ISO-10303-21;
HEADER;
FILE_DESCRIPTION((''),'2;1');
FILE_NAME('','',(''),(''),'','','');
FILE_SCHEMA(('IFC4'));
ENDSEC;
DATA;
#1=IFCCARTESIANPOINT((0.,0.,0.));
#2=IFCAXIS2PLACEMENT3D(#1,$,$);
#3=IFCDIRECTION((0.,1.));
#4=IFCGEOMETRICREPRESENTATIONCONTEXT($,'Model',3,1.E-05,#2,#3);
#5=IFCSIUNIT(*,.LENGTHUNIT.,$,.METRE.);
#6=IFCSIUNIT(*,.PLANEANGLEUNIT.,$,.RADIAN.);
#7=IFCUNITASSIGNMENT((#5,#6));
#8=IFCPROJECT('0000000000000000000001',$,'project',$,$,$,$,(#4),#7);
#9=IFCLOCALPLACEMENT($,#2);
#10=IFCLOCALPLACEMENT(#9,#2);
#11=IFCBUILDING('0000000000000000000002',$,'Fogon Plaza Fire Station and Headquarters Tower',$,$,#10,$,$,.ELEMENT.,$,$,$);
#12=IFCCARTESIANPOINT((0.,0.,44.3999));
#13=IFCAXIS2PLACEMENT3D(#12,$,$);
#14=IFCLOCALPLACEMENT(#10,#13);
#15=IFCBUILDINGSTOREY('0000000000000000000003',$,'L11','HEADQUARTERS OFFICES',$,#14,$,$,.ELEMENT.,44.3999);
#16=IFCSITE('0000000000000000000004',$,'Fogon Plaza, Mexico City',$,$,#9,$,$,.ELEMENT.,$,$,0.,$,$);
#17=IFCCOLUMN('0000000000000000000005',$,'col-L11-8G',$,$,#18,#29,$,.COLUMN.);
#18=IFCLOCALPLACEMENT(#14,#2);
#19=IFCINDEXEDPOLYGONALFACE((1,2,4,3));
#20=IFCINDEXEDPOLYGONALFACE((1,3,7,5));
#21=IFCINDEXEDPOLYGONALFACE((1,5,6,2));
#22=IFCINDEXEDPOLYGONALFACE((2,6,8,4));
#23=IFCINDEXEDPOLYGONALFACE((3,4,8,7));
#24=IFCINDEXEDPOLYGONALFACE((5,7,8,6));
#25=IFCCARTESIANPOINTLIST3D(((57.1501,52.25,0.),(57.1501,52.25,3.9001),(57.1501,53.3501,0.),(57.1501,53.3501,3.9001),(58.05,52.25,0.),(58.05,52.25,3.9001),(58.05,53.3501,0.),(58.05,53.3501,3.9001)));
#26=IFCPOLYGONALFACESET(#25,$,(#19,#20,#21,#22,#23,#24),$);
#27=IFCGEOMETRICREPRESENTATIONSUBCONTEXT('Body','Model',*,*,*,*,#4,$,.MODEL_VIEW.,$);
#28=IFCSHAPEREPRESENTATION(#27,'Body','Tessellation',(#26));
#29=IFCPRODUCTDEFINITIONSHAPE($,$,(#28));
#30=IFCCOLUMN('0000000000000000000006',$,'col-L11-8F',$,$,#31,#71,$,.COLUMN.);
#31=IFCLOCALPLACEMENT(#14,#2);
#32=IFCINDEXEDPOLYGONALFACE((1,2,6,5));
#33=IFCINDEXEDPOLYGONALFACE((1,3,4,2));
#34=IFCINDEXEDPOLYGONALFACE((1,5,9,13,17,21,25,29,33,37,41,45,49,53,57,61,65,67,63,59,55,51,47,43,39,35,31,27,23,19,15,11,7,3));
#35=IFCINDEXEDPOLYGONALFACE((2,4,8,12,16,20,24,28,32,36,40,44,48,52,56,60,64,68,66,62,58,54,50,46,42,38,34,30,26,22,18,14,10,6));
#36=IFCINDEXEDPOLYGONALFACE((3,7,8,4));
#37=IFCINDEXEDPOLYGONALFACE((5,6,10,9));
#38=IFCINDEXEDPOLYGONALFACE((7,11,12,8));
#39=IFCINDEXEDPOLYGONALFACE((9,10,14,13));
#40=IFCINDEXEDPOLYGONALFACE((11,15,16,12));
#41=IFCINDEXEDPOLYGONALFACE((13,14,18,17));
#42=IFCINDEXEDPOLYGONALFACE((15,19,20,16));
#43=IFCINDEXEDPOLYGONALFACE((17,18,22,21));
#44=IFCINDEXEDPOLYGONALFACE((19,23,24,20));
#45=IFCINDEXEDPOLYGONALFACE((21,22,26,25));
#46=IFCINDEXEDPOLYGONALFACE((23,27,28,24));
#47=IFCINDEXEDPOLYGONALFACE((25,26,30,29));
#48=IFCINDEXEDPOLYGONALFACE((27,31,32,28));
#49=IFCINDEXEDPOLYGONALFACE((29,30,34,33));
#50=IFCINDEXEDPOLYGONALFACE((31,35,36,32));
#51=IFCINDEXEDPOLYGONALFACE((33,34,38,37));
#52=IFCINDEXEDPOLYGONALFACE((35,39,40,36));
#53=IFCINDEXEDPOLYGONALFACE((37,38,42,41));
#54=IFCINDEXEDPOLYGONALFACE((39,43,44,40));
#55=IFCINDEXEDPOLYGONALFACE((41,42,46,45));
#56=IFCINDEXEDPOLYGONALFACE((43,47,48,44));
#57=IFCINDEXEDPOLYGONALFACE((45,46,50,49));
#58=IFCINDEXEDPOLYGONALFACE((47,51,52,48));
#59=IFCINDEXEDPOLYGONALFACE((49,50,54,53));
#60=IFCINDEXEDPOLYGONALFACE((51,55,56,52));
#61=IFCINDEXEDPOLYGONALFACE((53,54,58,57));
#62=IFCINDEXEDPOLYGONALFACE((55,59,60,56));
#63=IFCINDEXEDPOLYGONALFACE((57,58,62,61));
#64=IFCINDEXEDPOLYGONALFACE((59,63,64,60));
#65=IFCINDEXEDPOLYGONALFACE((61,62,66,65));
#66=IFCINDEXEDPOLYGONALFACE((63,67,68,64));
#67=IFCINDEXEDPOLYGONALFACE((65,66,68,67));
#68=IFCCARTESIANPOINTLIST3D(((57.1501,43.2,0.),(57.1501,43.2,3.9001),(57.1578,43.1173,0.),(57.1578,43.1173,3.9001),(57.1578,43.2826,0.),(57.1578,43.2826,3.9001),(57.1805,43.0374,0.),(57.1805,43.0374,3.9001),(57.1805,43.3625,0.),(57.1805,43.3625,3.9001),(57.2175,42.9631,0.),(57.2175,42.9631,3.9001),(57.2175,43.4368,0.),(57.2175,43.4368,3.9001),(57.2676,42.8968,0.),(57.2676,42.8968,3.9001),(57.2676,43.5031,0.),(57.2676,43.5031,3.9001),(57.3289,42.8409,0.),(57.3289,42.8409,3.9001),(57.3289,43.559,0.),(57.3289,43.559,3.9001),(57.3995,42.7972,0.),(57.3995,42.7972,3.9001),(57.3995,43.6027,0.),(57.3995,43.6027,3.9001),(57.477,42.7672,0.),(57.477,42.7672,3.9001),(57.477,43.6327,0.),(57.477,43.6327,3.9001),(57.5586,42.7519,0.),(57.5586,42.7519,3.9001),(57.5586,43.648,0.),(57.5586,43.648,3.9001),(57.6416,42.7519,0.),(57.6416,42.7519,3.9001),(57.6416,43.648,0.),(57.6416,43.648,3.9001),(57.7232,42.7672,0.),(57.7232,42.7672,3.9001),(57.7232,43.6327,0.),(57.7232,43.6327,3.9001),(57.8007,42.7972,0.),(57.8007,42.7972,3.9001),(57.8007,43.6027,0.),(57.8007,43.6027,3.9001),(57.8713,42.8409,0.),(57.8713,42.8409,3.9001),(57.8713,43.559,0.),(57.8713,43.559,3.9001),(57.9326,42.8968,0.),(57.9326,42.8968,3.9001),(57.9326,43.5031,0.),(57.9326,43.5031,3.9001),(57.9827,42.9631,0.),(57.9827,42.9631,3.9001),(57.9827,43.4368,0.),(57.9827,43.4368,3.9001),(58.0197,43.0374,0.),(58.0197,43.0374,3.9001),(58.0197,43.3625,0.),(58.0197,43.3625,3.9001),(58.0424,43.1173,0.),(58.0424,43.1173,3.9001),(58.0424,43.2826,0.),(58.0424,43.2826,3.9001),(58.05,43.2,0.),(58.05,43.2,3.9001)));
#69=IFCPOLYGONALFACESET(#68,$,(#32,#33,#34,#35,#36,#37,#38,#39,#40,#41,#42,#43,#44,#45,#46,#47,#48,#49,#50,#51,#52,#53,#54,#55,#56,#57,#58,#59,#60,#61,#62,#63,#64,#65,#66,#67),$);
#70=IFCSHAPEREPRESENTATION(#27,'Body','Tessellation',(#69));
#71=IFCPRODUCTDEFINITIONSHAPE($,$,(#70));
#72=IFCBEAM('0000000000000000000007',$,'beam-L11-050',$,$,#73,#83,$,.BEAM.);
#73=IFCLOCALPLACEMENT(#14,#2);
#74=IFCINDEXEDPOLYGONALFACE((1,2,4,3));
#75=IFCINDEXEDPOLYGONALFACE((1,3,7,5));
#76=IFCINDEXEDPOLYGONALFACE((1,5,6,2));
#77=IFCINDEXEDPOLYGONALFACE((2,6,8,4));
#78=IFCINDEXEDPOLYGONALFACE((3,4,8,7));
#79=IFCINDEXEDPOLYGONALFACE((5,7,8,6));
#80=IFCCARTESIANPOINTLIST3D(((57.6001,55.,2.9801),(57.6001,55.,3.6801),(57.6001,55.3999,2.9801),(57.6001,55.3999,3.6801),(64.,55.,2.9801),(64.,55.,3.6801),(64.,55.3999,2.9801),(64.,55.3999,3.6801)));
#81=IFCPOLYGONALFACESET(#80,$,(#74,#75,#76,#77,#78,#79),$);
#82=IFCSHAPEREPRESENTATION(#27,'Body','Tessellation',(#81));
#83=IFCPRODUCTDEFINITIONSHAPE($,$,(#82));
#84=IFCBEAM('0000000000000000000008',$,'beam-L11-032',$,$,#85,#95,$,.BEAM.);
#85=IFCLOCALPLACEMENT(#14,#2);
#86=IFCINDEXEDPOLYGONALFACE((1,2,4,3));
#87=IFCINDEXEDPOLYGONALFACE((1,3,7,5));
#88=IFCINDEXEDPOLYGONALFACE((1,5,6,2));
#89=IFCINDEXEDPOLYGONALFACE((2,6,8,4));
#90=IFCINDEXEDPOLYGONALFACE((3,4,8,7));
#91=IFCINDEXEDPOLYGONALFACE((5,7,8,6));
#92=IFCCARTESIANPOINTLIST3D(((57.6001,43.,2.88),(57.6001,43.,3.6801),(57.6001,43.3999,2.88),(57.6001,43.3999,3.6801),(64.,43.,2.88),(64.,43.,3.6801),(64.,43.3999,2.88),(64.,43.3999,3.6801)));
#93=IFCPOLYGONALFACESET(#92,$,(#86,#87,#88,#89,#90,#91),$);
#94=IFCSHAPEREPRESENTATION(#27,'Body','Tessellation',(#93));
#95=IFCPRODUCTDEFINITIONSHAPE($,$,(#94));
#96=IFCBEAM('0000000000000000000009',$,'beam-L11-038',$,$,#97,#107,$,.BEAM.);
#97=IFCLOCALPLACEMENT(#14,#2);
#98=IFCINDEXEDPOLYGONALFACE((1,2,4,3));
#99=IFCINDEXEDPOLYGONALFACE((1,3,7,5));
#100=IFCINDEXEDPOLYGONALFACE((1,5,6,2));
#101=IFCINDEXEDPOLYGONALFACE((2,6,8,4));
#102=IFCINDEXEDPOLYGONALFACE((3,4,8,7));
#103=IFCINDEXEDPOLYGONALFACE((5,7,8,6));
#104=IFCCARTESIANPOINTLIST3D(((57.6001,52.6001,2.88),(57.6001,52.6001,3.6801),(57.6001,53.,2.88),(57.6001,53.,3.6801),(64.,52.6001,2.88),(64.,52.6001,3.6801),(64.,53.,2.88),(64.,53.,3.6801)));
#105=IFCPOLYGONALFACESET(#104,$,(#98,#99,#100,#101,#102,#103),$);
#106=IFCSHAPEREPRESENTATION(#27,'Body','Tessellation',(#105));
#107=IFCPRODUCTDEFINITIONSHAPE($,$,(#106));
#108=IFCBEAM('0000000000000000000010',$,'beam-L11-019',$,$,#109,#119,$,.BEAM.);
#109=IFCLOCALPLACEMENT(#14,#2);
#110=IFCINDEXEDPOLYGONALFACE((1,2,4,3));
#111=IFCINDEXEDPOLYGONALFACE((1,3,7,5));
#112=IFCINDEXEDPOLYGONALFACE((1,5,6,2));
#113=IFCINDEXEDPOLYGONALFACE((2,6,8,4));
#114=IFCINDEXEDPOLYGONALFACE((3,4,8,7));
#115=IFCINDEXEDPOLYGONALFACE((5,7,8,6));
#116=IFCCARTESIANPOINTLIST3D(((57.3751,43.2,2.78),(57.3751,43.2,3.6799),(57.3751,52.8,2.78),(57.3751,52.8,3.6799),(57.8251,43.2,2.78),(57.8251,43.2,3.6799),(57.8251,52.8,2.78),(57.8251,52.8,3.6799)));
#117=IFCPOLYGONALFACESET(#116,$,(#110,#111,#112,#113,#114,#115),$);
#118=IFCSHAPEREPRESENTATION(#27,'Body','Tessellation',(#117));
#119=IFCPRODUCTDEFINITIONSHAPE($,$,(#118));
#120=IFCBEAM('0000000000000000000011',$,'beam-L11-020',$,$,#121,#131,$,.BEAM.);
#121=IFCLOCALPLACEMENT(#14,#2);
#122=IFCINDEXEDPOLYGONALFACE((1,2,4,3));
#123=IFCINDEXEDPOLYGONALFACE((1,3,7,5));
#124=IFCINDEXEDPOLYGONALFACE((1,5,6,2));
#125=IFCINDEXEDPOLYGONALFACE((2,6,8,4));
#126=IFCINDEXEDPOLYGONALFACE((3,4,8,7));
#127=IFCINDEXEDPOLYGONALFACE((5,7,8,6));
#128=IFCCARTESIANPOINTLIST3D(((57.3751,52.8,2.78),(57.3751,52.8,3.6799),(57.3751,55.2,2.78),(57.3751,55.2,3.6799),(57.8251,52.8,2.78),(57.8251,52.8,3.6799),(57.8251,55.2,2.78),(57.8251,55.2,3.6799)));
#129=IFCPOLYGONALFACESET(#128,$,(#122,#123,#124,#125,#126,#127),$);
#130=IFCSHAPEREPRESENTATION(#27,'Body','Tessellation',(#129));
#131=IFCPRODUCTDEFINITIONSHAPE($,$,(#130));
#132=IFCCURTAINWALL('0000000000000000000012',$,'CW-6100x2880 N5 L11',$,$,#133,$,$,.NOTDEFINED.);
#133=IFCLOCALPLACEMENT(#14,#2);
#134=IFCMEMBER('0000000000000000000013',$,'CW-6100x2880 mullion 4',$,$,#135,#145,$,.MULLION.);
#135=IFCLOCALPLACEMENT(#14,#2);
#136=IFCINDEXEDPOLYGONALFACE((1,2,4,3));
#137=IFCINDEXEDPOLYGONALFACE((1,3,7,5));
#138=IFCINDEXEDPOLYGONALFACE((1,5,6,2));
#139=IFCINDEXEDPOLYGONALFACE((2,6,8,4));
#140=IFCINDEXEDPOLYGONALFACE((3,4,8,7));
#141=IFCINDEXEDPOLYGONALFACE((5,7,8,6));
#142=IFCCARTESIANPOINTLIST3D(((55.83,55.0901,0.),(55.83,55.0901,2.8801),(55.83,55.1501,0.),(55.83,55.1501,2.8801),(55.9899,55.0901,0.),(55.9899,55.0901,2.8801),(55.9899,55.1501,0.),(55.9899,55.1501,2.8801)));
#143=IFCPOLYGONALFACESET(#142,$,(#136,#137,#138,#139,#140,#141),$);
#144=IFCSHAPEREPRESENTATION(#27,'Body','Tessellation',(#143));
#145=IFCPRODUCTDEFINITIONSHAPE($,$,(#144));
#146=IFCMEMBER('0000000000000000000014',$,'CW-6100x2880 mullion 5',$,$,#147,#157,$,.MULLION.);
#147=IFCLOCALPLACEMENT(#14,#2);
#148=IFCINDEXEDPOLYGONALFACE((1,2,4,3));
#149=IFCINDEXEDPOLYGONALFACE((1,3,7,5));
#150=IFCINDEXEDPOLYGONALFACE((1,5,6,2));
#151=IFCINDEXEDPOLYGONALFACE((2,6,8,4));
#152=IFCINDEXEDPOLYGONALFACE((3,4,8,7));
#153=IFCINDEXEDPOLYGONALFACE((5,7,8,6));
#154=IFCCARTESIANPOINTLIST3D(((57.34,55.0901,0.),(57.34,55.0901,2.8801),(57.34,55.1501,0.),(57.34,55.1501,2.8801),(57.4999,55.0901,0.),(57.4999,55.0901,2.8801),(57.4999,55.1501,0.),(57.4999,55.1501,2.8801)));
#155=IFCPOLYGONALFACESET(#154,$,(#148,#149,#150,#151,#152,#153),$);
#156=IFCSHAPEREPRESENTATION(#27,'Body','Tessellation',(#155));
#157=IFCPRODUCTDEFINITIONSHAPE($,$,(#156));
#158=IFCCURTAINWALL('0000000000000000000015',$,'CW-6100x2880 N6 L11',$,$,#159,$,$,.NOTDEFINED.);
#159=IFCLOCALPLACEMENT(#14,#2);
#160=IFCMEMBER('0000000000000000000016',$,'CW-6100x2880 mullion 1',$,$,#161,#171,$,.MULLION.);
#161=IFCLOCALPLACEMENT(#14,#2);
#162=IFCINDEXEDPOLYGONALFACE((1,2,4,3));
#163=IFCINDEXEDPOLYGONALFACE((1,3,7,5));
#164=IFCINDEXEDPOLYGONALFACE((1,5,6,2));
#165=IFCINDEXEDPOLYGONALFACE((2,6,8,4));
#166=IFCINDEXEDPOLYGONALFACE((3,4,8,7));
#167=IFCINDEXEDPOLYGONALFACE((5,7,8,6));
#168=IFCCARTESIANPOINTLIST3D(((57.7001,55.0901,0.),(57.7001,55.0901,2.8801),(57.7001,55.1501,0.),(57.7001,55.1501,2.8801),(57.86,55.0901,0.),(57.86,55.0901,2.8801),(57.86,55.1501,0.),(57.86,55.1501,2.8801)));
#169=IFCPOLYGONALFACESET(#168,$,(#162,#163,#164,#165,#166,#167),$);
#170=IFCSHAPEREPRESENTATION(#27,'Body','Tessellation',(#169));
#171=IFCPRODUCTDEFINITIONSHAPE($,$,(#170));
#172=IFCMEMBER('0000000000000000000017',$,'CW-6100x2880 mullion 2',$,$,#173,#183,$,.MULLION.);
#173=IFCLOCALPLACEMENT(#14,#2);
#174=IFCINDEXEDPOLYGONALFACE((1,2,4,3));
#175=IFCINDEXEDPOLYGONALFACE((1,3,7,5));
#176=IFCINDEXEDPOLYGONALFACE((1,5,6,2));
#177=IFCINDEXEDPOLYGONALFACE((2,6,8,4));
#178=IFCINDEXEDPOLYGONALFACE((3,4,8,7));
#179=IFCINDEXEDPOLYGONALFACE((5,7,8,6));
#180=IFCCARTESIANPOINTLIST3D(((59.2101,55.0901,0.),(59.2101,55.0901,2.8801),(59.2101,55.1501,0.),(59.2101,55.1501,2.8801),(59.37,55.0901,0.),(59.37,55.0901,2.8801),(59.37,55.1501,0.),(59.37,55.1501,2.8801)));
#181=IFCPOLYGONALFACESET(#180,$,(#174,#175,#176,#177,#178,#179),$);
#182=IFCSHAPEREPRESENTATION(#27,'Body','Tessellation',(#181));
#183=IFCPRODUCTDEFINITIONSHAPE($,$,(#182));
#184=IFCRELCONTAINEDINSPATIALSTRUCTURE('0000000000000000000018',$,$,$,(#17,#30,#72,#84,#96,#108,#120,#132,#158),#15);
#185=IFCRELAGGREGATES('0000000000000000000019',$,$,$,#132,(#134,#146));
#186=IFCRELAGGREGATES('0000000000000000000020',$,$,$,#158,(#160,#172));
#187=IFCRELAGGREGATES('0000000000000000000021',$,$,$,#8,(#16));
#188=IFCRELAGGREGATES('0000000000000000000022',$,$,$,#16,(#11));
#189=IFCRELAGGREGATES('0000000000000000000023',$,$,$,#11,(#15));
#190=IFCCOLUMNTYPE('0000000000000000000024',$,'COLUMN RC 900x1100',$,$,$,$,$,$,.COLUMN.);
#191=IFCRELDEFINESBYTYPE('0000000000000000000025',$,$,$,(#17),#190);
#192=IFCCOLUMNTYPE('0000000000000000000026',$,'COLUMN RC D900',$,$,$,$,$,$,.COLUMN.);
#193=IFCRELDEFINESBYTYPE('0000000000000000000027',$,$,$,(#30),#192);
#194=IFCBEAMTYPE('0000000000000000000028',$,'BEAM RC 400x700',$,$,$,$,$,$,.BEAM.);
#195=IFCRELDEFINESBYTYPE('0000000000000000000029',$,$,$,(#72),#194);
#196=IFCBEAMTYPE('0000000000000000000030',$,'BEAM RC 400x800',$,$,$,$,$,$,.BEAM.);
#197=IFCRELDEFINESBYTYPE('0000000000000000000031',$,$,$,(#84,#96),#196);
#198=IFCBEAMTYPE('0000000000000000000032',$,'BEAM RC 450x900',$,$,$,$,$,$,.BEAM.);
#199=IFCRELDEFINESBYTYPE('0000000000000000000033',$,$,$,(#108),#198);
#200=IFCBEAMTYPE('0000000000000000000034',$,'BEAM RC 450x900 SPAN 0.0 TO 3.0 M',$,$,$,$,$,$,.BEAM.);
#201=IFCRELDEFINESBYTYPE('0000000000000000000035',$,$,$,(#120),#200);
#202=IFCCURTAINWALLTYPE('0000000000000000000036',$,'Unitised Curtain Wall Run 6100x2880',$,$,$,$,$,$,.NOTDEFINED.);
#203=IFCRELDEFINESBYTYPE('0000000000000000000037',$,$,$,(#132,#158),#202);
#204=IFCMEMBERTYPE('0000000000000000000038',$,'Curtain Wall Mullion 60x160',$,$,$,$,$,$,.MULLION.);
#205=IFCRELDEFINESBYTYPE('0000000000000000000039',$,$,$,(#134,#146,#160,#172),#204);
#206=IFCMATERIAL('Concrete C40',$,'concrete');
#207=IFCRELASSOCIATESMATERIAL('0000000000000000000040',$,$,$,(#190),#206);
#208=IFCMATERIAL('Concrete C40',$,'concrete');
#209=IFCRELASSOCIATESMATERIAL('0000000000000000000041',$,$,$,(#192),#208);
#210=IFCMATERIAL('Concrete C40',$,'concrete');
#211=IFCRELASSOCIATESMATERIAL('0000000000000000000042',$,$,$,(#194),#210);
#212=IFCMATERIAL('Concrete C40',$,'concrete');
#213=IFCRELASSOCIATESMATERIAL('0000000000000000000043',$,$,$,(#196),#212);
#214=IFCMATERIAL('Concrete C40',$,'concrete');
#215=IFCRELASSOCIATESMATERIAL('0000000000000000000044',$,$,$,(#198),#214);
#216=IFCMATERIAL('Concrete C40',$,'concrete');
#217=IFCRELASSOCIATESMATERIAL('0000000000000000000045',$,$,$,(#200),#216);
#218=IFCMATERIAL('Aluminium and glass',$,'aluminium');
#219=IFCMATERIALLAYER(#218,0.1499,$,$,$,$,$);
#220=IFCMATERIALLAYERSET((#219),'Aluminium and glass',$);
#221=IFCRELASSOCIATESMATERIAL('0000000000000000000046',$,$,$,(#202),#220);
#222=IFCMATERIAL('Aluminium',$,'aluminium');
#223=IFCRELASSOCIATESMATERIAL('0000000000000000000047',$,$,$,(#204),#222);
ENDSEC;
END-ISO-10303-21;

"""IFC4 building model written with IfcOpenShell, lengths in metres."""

from ifc_helpers import new_model, si_unit, direction, frame, origin, origin_2d, place, context, subcontext, project, spatial, rectangle, circle, extrude, material, layer, layer_set, material_profile, profile_set, type_object, element, aggregate, save


model = new_model("IFC4")

# Units and contexts
model_context = context("Model", 3, precision=1e-05, world=origin(), true_north=direction((0.0, 1.0)))
body_context = subcontext(model_context, "Body", "Model", "MODEL_VIEW")
ifc_project = project(units=[si_unit("LENGTHUNIT", "METRE"), si_unit("PLANEANGLEUNIT", "RADIAN")], contexts=[model_context])

# Site, building, storey
site_placement = place(None, origin())
site = spatial("IfcSite", under=ifc_project, at=site_placement, Name="Fogon Plaza, Mexico City", CompositionType="ELEMENT", RefElevation=0.0)
building_placement = place(site_placement, origin())
building = spatial("IfcBuilding", under=site, at=building_placement, Name="Fogon Plaza Fire Station and Headquarters Tower", CompositionType="ELEMENT")
storey_placement = place(building_placement, frame((0.0, 0.0, 44.3999)))
storey = spatial("IfcBuildingStorey", under=building, at=storey_placement, Name="L11", Description="HEADQUARTERS OFFICES", CompositionType="ELEMENT", Elevation=44.3999)

# Columns
ifc_material_1 = material(Name="Concrete C40", Category="concrete")
ifc_material_profile_1 = material_profile(ifc_material_1, rectangle(XDim=0.8999, YDim=1.1001, at=origin_2d()), Name="RC 900x1100")
ifc_profile_set_1 = profile_set([ifc_material_profile_1], Name="Concrete C40")
column_type_1 = type_object("IfcColumnType", Name="COLUMN RC 900x1100", PredefinedType="COLUMN", material=ifc_profile_set_1)
column_1_placement = place(storey_placement, frame((57.6001, 52.8, 0.0), z_axis=(0.0, 0.0, 1.0), x_axis=(1.0, 0.0, 0.0)))
element("IfcColumn", 1, at=column_1_placement, inside=storey, type_object=column_type_1, Name="col-L11-8G", PredefinedType="COLUMN", context=body_context, shape_type="SweptSolid", body=[
    extrude(rectangle(XDim=0.8999, YDim=1.1001, at=origin_2d()), origin(), (0.0, 0.0, 1.0), 3.9001),
])
ifc_material_2 = material(Name="Concrete C40", Category="concrete")
ifc_material_profile_2 = material_profile(ifc_material_2, circle(Radius=0.45, at=origin_2d()), Name="RC D900")
ifc_profile_set_2 = profile_set([ifc_material_profile_2], Name="Concrete C40")
column_type_2 = type_object("IfcColumnType", Name="COLUMN RC D900", PredefinedType="COLUMN", material=ifc_profile_set_2)
column_2_placement = place(storey_placement, frame((57.6001, 43.2, 0.0), z_axis=(0.0, 0.0, 1.0), x_axis=(1.0, 0.0, 0.0)))
element("IfcColumn", 2, at=column_2_placement, inside=storey, type_object=column_type_2, Name="col-L11-8F", PredefinedType="COLUMN", context=body_context, shape_type="SweptSolid", body=[
    extrude(circle(Radius=0.45, at=origin_2d()), origin(), (0.0, 0.0, 1.0), 3.9001),
])

# Beams
ifc_material_3 = material(Name="Concrete C40", Category="concrete")
ifc_material_profile_3 = material_profile(ifc_material_3, rectangle(XDim=0.3999, YDim=0.7, at=origin_2d()), Name="RC 400x700")
ifc_profile_set_3 = profile_set([ifc_material_profile_3], Name="Concrete C40")
beam_type_1 = type_object("IfcBeamType", Name="BEAM RC 400x700", PredefinedType="BEAM", material=ifc_profile_set_3)
beam_1_placement = place(storey_placement, frame((57.6001, 55.2, 3.3301), z_axis=(1.0, 0.0, 0.0), x_axis=(0.0, 1.0, 0.0)))
element("IfcBeam", 3, at=beam_1_placement, inside=storey, type_object=beam_type_1, Name="beam-L11-050", PredefinedType="BEAM", context=body_context, shape_type="SweptSolid", body=[
    extrude(rectangle(XDim=0.3999, YDim=0.7, at=origin_2d()), origin(), (0.0, 0.0, 1.0), 6.3999),
])
ifc_material_4 = material(Name="Concrete C40", Category="concrete")
ifc_material_profile_4 = material_profile(ifc_material_4, rectangle(XDim=0.3999, YDim=0.8, at=origin_2d()), Name="RC 400x800")
ifc_profile_set_4 = profile_set([ifc_material_profile_4], Name="Concrete C40")
beam_type_2 = type_object("IfcBeamType", Name="BEAM RC 400x800", PredefinedType="BEAM", material=ifc_profile_set_4)
for number, where, z_axis, x_axis, name in (
    (4, (57.6001, 43.2, 3.28), (1.0, 0.0, 0.0), (0.0, 1.0, 0.0), "beam-L11-032"),
    (5, (57.6001, 52.8, 3.28), (1.0, 0.0, 0.0), (0.0, 1.0, 0.0), "beam-L11-038"),
):
    element("IfcBeam", number, at=place(storey_placement, frame(where, z_axis=z_axis, x_axis=x_axis)), inside=storey, type_object=beam_type_2, Name=name, PredefinedType="BEAM", context=body_context, shape_type="SweptSolid", body=[
        extrude(rectangle(XDim=0.3999, YDim=0.8, at=origin_2d()), origin(), (0.0, 0.0, 1.0), 6.3999),
    ])
ifc_material_5 = material(Name="Concrete C40", Category="concrete")
ifc_material_profile_5 = material_profile(ifc_material_5, rectangle(XDim=0.45, YDim=0.8999, at=origin_2d()), Name="RC 450x900")
ifc_profile_set_5 = profile_set([ifc_material_profile_5], Name="Concrete C40")
beam_type_3 = type_object("IfcBeamType", Name="BEAM RC 450x900", PredefinedType="BEAM", material=ifc_profile_set_5)
beam_2_placement = place(storey_placement, frame((57.6001, 43.2, 3.23), z_axis=(0.0, 1.0, 0.0), x_axis=(-1.0, 0.0, 0.0)))
element("IfcBeam", 6, at=beam_2_placement, inside=storey, type_object=beam_type_3, Name="beam-L11-019", PredefinedType="BEAM", context=body_context, shape_type="SweptSolid", body=[
    extrude(rectangle(XDim=0.45, YDim=0.8999, at=origin_2d()), origin(), (0.0, 0.0, 1.0), 9.6001),
])
ifc_material_6 = material(Name="Concrete C40", Category="concrete")
ifc_material_profile_6 = material_profile(ifc_material_6, rectangle(XDim=0.45, YDim=0.8999, at=origin_2d()), Name="RC 450x900")
ifc_profile_set_6 = profile_set([ifc_material_profile_6], Name="Concrete C40")
beam_type_4 = type_object("IfcBeamType", Name="BEAM RC 450x900 SPAN 0.0 TO 3.0 M", PredefinedType="BEAM", material=ifc_profile_set_6)
beam_3_placement = place(storey_placement, frame((57.6001, 52.8, 3.23), z_axis=(0.0, 1.0, 0.0), x_axis=(-1.0, 0.0, 0.0)))
element("IfcBeam", 7, at=beam_3_placement, inside=storey, type_object=beam_type_4, Name="beam-L11-020", PredefinedType="BEAM", context=body_context, shape_type="SweptSolid", body=[
    extrude(rectangle(XDim=0.45, YDim=0.8999, at=origin_2d()), origin(), (0.0, 0.0, 1.0), 2.3999),
])

# Curtain walls, members
ifc_material_7 = material(Name="Aluminium and glass", Category="aluminium")
ifc_layer_1 = layer(ifc_material_7, 0.1499)
ifc_layer_set_1 = layer_set([ifc_layer_1], Name="Aluminium and glass")
curtain_wall_type = type_object("IfcCurtainWallType", Name="Unitised Curtain Wall Run 6100x2880", PredefinedType="NOTDEFINED", material=ifc_layer_set_1)
curtain_wall_1_placement = place(storey_placement, origin())
curtain_wall_1 = element("IfcCurtainWall", 8, at=curtain_wall_1_placement, inside=storey, type_object=curtain_wall_type, Name="CW-6100x2880 N5 L11", PredefinedType="NOTDEFINED")
ifc_material_8 = material(Name="Aluminium", Category="aluminium")
ifc_material_profile_7 = material_profile(ifc_material_8, rectangle(XDim=0.0601, YDim=0.1599, at=origin_2d()), Name="Curtain Wall Mullion 60x160")
ifc_profile_set_7 = profile_set([ifc_material_profile_7], Name="Aluminium")
member_type_1 = type_object("IfcMemberType", Name="Curtain Wall Mullion 60x160", PredefinedType="MULLION", material=ifc_profile_set_7)
member_1_placement = place(storey_placement, frame((55.9099, 55.1201, 0.0), z_axis=(0.0, 0.0, 1.0), x_axis=(0.0, 1.0, 0.0)))
member_1 = element("IfcMember", 9, at=member_1_placement, type_object=member_type_1, Name="CW-6100x2880 mullion 4", PredefinedType="MULLION", context=body_context, shape_type="SweptSolid", body=[
    extrude(rectangle(XDim=0.0601, YDim=0.1599, at=origin_2d()), origin(), (0.0, 0.0, 1.0), 2.8801),
])
member_2_placement = place(storey_placement, frame((57.4199, 55.1201, 0.0), z_axis=(0.0, 0.0, 1.0), x_axis=(0.0, 1.0, 0.0)))
member_2 = element("IfcMember", 10, at=member_2_placement, type_object=member_type_1, Name="CW-6100x2880 mullion 5", PredefinedType="MULLION", context=body_context, shape_type="SweptSolid", body=[
    extrude(rectangle(XDim=0.0601, YDim=0.1599, at=origin_2d()), origin(), (0.0, 0.0, 1.0), 2.8801),
])
curtain_wall_2_placement = place(storey_placement, origin())
curtain_wall_2 = element("IfcCurtainWall", 11, at=curtain_wall_2_placement, inside=storey, type_object=curtain_wall_type, Name="CW-6100x2880 N6 L11", PredefinedType="NOTDEFINED")
member_3_placement = place(storey_placement, frame((57.78, 55.1201, 0.0), z_axis=(0.0, 0.0, 1.0), x_axis=(0.0, 1.0, 0.0)))
member_3 = element("IfcMember", 12, at=member_3_placement, type_object=member_type_1, Name="CW-6100x2880 mullion 1", PredefinedType="MULLION", context=body_context, shape_type="SweptSolid", body=[
    extrude(rectangle(XDim=0.0601, YDim=0.1599, at=origin_2d()), origin(), (0.0, 0.0, 1.0), 2.8801),
])
member_4_placement = place(storey_placement, frame((59.29, 55.1201, 0.0), z_axis=(0.0, 0.0, 1.0), x_axis=(0.0, 1.0, 0.0)))
member_4 = element("IfcMember", 13, at=member_4_placement, type_object=member_type_1, Name="CW-6100x2880 mullion 2", PredefinedType="MULLION", context=body_context, shape_type="SweptSolid", body=[
    extrude(rectangle(XDim=0.0601, YDim=0.1599, at=origin_2d()), origin(), (0.0, 0.0, 1.0), 2.8801),
])

aggregate(curtain_wall_1, [member_1, member_2])
aggregate(curtain_wall_2, [member_3, member_4])

save(model, "model.ifc")
